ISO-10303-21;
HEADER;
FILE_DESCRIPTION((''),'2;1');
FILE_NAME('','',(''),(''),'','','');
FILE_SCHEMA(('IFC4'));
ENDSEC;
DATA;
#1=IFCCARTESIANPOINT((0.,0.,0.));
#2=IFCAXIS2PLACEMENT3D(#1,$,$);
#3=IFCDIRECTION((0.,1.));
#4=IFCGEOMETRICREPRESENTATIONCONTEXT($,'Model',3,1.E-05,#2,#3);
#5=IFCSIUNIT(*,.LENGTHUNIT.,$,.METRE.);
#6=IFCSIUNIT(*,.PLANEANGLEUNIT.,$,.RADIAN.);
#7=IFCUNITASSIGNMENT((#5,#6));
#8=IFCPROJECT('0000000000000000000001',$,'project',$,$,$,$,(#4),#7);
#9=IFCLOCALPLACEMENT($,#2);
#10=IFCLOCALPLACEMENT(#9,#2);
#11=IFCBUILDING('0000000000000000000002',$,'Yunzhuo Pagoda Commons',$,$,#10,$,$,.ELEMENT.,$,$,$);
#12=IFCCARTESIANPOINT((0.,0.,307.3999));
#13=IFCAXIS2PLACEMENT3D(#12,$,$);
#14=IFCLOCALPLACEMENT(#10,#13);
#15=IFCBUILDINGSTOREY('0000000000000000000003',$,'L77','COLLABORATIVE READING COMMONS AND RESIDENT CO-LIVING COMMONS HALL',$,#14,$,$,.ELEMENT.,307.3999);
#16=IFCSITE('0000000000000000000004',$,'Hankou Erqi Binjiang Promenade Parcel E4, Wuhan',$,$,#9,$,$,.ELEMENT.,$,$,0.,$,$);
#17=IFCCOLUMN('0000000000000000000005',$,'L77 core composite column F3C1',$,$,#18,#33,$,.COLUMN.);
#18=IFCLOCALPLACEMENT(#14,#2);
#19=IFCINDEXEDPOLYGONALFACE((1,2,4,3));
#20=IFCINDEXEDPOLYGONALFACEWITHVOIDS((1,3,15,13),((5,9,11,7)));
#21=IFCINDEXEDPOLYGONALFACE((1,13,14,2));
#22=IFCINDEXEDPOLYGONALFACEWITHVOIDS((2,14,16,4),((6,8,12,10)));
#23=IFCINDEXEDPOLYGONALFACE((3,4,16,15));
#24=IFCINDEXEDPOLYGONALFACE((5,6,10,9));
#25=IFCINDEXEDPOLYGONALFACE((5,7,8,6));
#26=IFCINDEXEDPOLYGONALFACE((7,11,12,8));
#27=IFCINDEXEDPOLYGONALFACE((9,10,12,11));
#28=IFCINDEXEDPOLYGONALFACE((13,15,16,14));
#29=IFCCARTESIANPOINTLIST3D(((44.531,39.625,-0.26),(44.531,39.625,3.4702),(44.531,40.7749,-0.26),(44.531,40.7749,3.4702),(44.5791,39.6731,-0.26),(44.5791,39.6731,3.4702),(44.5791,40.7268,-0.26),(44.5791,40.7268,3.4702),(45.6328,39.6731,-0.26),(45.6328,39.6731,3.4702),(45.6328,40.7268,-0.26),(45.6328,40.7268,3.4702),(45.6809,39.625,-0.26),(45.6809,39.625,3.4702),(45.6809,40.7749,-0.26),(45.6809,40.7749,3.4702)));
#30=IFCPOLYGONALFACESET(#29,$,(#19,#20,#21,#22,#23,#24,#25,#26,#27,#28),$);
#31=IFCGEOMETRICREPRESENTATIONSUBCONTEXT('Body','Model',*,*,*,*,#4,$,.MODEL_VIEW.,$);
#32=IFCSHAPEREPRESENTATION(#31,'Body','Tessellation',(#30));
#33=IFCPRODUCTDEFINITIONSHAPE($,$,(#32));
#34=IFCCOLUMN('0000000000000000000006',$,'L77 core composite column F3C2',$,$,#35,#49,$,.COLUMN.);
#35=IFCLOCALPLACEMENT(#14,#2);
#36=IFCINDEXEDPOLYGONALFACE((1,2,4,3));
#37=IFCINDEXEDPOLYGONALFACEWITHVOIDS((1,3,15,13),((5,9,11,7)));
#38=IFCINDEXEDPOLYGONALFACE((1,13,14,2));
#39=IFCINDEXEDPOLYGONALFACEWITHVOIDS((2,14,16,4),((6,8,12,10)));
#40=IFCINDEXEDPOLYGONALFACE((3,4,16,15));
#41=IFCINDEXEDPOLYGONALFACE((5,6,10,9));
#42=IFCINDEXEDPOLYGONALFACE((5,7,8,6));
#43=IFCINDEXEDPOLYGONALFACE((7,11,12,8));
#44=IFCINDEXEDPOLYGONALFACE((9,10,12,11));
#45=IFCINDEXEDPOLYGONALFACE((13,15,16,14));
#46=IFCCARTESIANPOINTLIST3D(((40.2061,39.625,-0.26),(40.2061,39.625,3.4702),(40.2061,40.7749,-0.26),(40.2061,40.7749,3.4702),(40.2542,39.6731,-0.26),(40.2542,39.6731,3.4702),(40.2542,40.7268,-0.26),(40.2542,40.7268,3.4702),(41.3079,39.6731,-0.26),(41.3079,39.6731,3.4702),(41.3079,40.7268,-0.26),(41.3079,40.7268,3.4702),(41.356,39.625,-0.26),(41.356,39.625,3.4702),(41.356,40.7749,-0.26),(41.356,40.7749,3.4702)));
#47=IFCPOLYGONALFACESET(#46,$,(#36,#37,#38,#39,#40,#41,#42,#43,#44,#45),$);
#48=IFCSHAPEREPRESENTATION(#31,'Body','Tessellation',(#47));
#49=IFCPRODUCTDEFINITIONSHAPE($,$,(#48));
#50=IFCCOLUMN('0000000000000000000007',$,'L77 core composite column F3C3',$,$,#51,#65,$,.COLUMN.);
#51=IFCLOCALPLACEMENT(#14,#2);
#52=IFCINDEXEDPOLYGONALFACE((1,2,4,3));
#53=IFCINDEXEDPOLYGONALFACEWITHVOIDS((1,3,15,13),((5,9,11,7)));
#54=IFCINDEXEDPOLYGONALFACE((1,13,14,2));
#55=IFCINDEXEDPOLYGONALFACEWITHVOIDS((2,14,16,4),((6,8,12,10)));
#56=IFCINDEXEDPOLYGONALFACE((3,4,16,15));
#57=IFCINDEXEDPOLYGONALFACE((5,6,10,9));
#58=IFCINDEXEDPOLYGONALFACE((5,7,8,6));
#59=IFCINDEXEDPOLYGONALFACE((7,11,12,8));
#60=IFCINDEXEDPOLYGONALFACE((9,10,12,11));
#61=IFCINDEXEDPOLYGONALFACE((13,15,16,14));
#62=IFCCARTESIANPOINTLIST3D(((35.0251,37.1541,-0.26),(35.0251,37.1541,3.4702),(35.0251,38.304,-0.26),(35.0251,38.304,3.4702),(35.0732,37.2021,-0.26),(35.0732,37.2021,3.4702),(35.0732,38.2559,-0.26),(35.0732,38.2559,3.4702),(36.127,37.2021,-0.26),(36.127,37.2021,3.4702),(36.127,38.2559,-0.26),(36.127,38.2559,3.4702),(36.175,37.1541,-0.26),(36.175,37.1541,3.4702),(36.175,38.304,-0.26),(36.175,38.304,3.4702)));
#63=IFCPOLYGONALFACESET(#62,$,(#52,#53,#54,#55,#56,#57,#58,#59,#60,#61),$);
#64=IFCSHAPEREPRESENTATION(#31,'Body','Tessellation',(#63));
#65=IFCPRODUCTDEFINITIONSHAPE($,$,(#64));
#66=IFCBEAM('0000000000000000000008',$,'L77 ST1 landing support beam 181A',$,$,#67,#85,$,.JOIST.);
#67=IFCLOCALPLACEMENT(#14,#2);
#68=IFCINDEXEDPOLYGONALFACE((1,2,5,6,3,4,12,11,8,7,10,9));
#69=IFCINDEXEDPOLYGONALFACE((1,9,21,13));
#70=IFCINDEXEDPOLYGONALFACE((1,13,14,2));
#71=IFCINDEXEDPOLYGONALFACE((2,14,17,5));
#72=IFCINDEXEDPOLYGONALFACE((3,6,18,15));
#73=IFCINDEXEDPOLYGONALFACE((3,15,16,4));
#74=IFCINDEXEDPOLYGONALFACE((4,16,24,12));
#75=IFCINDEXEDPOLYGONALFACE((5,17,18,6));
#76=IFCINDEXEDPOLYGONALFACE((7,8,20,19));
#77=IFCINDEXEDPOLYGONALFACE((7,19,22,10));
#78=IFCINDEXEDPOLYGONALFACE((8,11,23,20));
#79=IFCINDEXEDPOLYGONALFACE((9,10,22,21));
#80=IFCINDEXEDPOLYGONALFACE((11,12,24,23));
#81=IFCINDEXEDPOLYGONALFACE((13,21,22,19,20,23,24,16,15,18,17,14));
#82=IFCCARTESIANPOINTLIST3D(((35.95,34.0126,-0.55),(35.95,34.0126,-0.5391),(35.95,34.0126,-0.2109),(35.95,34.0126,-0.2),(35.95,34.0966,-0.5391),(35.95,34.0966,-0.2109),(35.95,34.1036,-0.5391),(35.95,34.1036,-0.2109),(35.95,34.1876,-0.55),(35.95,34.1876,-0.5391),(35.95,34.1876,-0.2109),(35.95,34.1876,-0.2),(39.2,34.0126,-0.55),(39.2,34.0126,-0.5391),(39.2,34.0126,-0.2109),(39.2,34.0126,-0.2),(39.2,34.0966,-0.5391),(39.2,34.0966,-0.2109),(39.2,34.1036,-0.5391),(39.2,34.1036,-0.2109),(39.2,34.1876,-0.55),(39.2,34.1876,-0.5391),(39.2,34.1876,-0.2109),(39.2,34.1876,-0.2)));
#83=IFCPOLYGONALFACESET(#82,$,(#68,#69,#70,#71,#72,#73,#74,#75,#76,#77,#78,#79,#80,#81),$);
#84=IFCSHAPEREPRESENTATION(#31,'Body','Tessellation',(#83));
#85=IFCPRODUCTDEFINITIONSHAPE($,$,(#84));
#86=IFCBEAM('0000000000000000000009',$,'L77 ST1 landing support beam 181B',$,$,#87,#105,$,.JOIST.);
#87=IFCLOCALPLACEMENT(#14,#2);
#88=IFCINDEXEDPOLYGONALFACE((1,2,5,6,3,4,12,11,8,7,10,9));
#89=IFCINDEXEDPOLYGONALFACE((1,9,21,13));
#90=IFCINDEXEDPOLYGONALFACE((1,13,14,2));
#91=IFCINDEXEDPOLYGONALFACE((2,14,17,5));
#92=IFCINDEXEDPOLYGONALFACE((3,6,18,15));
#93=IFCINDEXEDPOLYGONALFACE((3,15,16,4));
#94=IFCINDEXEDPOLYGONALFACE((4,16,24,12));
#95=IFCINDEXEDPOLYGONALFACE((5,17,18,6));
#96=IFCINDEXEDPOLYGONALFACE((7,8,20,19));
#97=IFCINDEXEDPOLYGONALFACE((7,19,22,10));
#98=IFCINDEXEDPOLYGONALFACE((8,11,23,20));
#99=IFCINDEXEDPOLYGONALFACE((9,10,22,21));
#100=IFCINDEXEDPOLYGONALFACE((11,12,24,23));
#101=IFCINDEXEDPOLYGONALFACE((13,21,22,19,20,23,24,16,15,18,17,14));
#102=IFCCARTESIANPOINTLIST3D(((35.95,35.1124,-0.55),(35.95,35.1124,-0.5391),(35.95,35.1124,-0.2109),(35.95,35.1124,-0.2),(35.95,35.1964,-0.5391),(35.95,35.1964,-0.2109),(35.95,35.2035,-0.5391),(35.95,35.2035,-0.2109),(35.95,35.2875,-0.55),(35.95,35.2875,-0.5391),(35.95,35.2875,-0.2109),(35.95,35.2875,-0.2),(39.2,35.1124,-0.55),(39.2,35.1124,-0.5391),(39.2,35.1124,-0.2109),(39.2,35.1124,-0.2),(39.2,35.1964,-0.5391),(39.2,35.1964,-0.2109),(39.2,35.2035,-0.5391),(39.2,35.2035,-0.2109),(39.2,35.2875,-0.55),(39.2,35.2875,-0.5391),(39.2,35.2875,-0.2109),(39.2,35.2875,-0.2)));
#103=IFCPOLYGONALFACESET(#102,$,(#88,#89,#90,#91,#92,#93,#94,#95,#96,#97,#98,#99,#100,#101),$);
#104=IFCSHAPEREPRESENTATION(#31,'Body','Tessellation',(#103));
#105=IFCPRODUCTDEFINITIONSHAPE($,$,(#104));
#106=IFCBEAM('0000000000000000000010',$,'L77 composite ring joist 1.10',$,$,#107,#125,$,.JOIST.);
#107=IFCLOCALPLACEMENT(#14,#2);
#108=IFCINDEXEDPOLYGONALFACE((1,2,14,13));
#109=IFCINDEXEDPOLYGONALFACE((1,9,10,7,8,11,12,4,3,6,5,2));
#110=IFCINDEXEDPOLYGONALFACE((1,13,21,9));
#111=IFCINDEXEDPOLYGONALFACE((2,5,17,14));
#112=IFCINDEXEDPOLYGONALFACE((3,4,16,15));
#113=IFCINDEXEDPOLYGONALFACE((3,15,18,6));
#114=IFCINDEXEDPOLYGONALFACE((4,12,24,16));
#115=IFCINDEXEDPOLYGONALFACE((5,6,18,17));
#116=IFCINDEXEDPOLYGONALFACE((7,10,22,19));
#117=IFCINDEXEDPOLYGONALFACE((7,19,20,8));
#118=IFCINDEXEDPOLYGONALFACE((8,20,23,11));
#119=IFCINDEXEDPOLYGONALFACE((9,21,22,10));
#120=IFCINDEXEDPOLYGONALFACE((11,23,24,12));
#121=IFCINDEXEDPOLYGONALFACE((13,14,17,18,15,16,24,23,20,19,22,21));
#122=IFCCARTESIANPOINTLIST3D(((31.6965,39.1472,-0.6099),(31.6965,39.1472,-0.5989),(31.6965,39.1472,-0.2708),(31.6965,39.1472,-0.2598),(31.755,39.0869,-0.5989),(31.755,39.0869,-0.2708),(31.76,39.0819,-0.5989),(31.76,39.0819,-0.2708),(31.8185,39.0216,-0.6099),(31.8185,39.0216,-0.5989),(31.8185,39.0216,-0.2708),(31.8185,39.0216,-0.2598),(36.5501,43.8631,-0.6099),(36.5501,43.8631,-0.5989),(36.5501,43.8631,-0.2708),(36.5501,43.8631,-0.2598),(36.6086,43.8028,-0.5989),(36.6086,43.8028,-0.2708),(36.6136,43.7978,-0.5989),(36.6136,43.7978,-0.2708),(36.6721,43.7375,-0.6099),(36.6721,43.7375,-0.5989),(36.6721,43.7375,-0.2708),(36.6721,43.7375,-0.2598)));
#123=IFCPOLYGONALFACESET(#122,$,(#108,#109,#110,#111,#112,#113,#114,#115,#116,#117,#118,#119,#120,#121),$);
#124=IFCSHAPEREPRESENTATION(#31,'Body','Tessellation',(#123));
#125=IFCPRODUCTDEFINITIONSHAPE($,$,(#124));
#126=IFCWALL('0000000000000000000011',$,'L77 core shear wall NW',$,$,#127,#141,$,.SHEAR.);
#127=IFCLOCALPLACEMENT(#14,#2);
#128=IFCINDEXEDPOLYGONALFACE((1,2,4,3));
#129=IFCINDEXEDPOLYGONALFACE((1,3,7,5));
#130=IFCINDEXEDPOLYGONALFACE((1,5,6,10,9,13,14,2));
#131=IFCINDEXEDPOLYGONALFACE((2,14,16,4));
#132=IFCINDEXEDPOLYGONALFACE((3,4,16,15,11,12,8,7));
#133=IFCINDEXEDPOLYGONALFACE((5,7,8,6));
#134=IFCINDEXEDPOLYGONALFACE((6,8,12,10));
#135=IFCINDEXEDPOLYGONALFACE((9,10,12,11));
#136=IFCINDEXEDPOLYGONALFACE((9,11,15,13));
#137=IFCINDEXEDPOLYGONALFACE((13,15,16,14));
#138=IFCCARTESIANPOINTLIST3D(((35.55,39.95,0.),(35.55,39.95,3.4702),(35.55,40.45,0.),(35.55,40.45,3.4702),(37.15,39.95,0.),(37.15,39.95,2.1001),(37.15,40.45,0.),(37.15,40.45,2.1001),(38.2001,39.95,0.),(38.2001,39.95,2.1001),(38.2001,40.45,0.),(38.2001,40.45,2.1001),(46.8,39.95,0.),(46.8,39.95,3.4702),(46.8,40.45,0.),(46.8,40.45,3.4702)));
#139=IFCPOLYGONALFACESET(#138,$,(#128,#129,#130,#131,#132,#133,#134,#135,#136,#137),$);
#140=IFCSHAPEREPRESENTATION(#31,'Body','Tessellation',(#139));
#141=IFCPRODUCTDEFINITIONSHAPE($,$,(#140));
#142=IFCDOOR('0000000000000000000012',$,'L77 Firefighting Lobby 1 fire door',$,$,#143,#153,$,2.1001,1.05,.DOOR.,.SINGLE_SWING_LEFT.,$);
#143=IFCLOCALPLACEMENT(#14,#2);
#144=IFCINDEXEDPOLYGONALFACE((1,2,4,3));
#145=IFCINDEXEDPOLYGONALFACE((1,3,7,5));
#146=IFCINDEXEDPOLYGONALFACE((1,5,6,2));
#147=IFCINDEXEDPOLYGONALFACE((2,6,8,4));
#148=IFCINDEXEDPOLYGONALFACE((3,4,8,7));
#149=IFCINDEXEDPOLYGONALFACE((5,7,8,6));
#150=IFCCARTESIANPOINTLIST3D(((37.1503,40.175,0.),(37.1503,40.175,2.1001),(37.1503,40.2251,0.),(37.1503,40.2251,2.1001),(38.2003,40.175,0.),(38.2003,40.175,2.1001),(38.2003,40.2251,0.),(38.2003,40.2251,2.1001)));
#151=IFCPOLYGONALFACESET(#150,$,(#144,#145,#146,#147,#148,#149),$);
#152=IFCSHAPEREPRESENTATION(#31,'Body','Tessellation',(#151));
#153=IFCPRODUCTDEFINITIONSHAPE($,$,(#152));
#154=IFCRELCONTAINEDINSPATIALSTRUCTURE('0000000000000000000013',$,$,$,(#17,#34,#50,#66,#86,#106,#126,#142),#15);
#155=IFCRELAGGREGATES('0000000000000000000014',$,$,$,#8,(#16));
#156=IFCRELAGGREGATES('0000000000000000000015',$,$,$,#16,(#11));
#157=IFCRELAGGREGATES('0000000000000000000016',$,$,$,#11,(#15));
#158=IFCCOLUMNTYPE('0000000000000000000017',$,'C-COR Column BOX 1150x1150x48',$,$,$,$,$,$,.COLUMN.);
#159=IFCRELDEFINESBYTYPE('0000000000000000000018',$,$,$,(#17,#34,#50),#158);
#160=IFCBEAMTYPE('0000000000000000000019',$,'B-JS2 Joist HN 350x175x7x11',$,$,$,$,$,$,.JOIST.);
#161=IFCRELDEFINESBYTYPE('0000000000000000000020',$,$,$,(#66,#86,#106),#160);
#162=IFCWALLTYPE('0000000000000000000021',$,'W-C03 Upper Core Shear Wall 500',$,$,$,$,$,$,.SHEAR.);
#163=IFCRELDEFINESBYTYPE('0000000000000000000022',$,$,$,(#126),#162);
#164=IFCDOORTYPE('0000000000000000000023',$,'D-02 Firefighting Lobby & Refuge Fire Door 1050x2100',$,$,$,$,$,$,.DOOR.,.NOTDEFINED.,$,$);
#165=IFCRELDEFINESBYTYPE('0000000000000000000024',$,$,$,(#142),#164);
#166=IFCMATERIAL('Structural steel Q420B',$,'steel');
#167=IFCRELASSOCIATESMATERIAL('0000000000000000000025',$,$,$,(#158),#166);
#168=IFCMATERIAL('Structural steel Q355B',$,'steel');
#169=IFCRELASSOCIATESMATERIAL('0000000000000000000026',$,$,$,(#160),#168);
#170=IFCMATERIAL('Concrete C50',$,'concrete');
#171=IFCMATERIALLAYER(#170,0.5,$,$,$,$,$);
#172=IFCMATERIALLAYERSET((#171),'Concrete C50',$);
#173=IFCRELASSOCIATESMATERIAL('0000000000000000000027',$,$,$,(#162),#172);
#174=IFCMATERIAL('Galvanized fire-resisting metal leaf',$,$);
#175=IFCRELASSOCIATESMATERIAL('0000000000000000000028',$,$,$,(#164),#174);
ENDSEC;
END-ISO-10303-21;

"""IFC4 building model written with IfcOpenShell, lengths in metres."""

from ifc_helpers import new_model, si_unit, direction, frame, frame_2d, origin, origin_2d, place, context, subcontext, project, spatial, rectangle, hollow_rectangle, i_section, extrude, source, transform, mapped, material, layer, layer_set, material_profile, profile_set, type_object, element, fill, save


model = new_model("IFC4")

# Units and contexts
model_context = context("Model", 3, precision=1e-05, world=origin(), true_north=direction((0.0, 1.0)))
body_context = subcontext(model_context, "Body", "Model", "MODEL_VIEW")
ifc_project = project(units=[si_unit("LENGTHUNIT", "METRE"), si_unit("PLANEANGLEUNIT", "RADIAN")], contexts=[model_context])

# Site, building, storey
site_placement = place(None, origin())
site = spatial("IfcSite", under=ifc_project, at=site_placement, Name="Hankou Erqi Binjiang Promenade Parcel E4, Wuhan", CompositionType="ELEMENT", RefElevation=0.0)
building_placement = place(site_placement, origin())
building = spatial("IfcBuilding", under=site, at=building_placement, Name="Yunzhuo Pagoda Commons", CompositionType="ELEMENT")
storey_placement = place(building_placement, frame((0.0, 0.0, 307.3999)))
storey = spatial("IfcBuildingStorey", under=building, at=storey_placement, Name="L77", Description="COLLABORATIVE READING COMMONS AND RESIDENT CO-LIVING COMMONS HALL", CompositionType="ELEMENT", Elevation=307.3999)

# Columns
ifc_material_1 = material(Name="Structural steel Q420B", Category="steel")
ifc_material_profile_1 = material_profile(ifc_material_1, hollow_rectangle(XDim=1.1499, YDim=1.1499, WallThickness=0.0481, at=origin_2d()), Name="Structural steel Q420B")
ifc_profile_set_1 = profile_set([ifc_material_profile_1], Name="Structural steel Q420B")
column_type = type_object("IfcColumnType", Name="C-COR Column BOX 1150x1150x48", PredefinedType="COLUMN", material=ifc_profile_set_1)
shared_shape_1 = source(origin(), body_context, "Body", "SweptSolid", [
    extrude(hollow_rectangle(XDim=1.1499, YDim=1.1499, WallThickness=0.0481, at=origin_2d()), origin(), (0.0, 0.0, 1.0), 3.7302),
])
for number, where, z_axis, x_axis, name in (
    (1, (45.106, 40.2, -0.26), (0.0, 0.0, 1.0), (1.0, 0.0, 0.0), "L77 core composite column F3C1"),
    (2, (40.781, 40.2, -0.26), (0.0, 0.0, 1.0), (1.0, 0.0, 0.0), "L77 core composite column F3C2"),
    (3, (35.6001, 37.729, -0.26), (0.0, 0.0, 1.0), (1.0, 0.0, 0.0), "L77 core composite column F3C3"),
):
    element("IfcColumn", number, at=place(storey_placement, frame(where, z_axis=z_axis, x_axis=x_axis)), inside=storey, type_object=column_type, Name=name, PredefinedType="COLUMN", context=body_context, shape_type="MappedRepresentation", body=[
        mapped(shared_shape_1, transform((0.0, 0.0, 0.0), scale=1.0)),
    ])

# Beams
ifc_material_2 = material(Name="Structural steel Q355B", Category="steel")
ifc_material_profile_2 = material_profile(ifc_material_2, i_section(OverallWidth=0.175, OverallDepth=0.3501, WebThickness=0.0071, FlangeThickness=0.011, at=origin_2d()), Name="Structural steel Q355B")
ifc_profile_set_2 = profile_set([ifc_material_profile_2], Name="Structural steel Q355B")
beam_type = type_object("IfcBeamType", Name="B-JS2 Joist HN 350x175x7x11", PredefinedType="JOIST", material=ifc_profile_set_2)
shared_shape_2 = source(origin(), body_context, "Body", "SweptSolid", [
    extrude(i_section(OverallWidth=0.175, OverallDepth=0.3501, WebThickness=0.0071, FlangeThickness=0.011, at=origin_2d()), origin(), (0.0, 0.0, 1.0), 3.25),
])
for number, where, z_axis, x_axis, name in (
    (4, (35.95, 34.1001, -0.375), (1.0, 0.0, 0.0), (0.0, 1.0, 0.0), "L77 ST1 landing support beam 181A"),
    (5, (35.95, 35.2, -0.375), (1.0, 0.0, 0.0), (0.0, 1.0, 0.0), "L77 ST1 landing support beam 181B"),
):
    element("IfcBeam", number, at=place(storey_placement, frame(where, z_axis=z_axis, x_axis=x_axis)), inside=storey, type_object=beam_type, Name=name, PredefinedType="JOIST", context=body_context, shape_type="MappedRepresentation", body=[
        mapped(shared_shape_2, transform((0.0, 0.0, 0.0), scale=1.0)),
    ])
shared_shape_3 = source(origin(), body_context, "Body", "SweptSolid", [
    extrude(i_section(OverallWidth=0.175, OverallDepth=0.3501, WebThickness=0.0071, FlangeThickness=0.011, at=origin_2d()), origin(), (0.0, 0.0, 1.0), 6.7673),
])
beam_placement = place(storey_placement, frame((36.6111, 43.8003, -0.4348), z_axis=(-0.717207, -0.69686, 0.0), x_axis=(0.69686, -0.717207, 0.0)))
element("IfcBeam", 6, at=beam_placement, inside=storey, type_object=beam_type, Name="L77 composite ring joist 1.10", PredefinedType="JOIST", context=body_context, shape_type="MappedRepresentation", body=[
    mapped(shared_shape_3, transform((0.0, 0.0, 0.0), scale=1.0)),
])

# Wall, opening, door
ifc_material_3 = material(Name="Concrete C50", Category="concrete")
ifc_layer_1 = layer(ifc_material_3, 0.5)
ifc_layer_set_1 = layer_set([ifc_layer_1], Name="Concrete C50")
wall_type_1 = type_object("IfcWallType", Name="W-C03 Upper Core Shear Wall 500", PredefinedType="SHEAR", material=ifc_layer_set_1)
wall_1_placement = place(storey_placement, frame((35.55, 40.2, 0.0), z_axis=(0.0, 0.0, 1.0), x_axis=(1.0, 0.0, 0.0)))
wall_1 = element("IfcWall", 7, at=wall_1_placement, inside=storey, type_object=wall_type_1, Name="L77 core shear wall NW", PredefinedType="SHEAR", context=body_context, shape_type="SweptSolid", body=[
    extrude(rectangle(XDim=11.25, YDim=0.5, at=frame_2d((5.625, 0.0))), origin(), (0.0, 0.0, 1.0), 3.4702),
])
opening_1_placement = place(wall_1_placement, frame((1.6001, 0.0, 0.0)))
opening_1 = element("IfcOpeningElement", 8, at=opening_1_placement, cuts=wall_1, PredefinedType="OPENING", context=body_context, shape_type="SweptSolid", body=[
    extrude(rectangle(XDim=1.05, YDim=2.1001, at=frame_2d((0.5249, 1.05))), frame((0.0, 0.26, 0.0), z_axis=(0.0, -1.0, 0.0), x_axis=(1.0, 0.0, 0.0)), (0.0, 0.0, 1.0), 0.52),
])
ifc_material_4 = material(Name="Galvanized fire-resisting metal leaf")
door_type_1 = type_object("IfcDoorType", Name="D-02 Firefighting Lobby & Refuge Fire Door 1050x2100", OperationType="NOTDEFINED", PredefinedType="DOOR", material=ifc_material_4)
shared_shape_4 = source(origin(), body_context, "Body", "SweptSolid", [
    extrude(rectangle(XDim=1.05, YDim=2.1001, at=frame_2d((0.5249, 1.05))), frame((0.0, 0.0249, 0.0), z_axis=(0.0, -1.0, 0.0), x_axis=(1.0, 0.0, 0.0)), (0.0, 0.0, 1.0), 0.05),
])
door_1_placement = place(opening_1_placement, frame((1.05, 0.0, 0.0), z_axis=(0.0, 0.0, 1.0), x_axis=(-1.0, 0.0, 0.0)))
door_1 = element("IfcDoor", 9, at=door_1_placement, inside=storey, type_object=door_type_1, Name="L77 Firefighting Lobby 1 fire door", OperationType="SINGLE_SWING_LEFT", OverallHeight=2.1001, OverallWidth=1.05, PredefinedType="DOOR", context=body_context, shape_type="MappedRepresentation", body=[
    mapped(shared_shape_4, transform((0.0, 0.0, 0.0), scale=1.0)),
])
fill(opening_1, door_1)

save(model, "model.ifc")
